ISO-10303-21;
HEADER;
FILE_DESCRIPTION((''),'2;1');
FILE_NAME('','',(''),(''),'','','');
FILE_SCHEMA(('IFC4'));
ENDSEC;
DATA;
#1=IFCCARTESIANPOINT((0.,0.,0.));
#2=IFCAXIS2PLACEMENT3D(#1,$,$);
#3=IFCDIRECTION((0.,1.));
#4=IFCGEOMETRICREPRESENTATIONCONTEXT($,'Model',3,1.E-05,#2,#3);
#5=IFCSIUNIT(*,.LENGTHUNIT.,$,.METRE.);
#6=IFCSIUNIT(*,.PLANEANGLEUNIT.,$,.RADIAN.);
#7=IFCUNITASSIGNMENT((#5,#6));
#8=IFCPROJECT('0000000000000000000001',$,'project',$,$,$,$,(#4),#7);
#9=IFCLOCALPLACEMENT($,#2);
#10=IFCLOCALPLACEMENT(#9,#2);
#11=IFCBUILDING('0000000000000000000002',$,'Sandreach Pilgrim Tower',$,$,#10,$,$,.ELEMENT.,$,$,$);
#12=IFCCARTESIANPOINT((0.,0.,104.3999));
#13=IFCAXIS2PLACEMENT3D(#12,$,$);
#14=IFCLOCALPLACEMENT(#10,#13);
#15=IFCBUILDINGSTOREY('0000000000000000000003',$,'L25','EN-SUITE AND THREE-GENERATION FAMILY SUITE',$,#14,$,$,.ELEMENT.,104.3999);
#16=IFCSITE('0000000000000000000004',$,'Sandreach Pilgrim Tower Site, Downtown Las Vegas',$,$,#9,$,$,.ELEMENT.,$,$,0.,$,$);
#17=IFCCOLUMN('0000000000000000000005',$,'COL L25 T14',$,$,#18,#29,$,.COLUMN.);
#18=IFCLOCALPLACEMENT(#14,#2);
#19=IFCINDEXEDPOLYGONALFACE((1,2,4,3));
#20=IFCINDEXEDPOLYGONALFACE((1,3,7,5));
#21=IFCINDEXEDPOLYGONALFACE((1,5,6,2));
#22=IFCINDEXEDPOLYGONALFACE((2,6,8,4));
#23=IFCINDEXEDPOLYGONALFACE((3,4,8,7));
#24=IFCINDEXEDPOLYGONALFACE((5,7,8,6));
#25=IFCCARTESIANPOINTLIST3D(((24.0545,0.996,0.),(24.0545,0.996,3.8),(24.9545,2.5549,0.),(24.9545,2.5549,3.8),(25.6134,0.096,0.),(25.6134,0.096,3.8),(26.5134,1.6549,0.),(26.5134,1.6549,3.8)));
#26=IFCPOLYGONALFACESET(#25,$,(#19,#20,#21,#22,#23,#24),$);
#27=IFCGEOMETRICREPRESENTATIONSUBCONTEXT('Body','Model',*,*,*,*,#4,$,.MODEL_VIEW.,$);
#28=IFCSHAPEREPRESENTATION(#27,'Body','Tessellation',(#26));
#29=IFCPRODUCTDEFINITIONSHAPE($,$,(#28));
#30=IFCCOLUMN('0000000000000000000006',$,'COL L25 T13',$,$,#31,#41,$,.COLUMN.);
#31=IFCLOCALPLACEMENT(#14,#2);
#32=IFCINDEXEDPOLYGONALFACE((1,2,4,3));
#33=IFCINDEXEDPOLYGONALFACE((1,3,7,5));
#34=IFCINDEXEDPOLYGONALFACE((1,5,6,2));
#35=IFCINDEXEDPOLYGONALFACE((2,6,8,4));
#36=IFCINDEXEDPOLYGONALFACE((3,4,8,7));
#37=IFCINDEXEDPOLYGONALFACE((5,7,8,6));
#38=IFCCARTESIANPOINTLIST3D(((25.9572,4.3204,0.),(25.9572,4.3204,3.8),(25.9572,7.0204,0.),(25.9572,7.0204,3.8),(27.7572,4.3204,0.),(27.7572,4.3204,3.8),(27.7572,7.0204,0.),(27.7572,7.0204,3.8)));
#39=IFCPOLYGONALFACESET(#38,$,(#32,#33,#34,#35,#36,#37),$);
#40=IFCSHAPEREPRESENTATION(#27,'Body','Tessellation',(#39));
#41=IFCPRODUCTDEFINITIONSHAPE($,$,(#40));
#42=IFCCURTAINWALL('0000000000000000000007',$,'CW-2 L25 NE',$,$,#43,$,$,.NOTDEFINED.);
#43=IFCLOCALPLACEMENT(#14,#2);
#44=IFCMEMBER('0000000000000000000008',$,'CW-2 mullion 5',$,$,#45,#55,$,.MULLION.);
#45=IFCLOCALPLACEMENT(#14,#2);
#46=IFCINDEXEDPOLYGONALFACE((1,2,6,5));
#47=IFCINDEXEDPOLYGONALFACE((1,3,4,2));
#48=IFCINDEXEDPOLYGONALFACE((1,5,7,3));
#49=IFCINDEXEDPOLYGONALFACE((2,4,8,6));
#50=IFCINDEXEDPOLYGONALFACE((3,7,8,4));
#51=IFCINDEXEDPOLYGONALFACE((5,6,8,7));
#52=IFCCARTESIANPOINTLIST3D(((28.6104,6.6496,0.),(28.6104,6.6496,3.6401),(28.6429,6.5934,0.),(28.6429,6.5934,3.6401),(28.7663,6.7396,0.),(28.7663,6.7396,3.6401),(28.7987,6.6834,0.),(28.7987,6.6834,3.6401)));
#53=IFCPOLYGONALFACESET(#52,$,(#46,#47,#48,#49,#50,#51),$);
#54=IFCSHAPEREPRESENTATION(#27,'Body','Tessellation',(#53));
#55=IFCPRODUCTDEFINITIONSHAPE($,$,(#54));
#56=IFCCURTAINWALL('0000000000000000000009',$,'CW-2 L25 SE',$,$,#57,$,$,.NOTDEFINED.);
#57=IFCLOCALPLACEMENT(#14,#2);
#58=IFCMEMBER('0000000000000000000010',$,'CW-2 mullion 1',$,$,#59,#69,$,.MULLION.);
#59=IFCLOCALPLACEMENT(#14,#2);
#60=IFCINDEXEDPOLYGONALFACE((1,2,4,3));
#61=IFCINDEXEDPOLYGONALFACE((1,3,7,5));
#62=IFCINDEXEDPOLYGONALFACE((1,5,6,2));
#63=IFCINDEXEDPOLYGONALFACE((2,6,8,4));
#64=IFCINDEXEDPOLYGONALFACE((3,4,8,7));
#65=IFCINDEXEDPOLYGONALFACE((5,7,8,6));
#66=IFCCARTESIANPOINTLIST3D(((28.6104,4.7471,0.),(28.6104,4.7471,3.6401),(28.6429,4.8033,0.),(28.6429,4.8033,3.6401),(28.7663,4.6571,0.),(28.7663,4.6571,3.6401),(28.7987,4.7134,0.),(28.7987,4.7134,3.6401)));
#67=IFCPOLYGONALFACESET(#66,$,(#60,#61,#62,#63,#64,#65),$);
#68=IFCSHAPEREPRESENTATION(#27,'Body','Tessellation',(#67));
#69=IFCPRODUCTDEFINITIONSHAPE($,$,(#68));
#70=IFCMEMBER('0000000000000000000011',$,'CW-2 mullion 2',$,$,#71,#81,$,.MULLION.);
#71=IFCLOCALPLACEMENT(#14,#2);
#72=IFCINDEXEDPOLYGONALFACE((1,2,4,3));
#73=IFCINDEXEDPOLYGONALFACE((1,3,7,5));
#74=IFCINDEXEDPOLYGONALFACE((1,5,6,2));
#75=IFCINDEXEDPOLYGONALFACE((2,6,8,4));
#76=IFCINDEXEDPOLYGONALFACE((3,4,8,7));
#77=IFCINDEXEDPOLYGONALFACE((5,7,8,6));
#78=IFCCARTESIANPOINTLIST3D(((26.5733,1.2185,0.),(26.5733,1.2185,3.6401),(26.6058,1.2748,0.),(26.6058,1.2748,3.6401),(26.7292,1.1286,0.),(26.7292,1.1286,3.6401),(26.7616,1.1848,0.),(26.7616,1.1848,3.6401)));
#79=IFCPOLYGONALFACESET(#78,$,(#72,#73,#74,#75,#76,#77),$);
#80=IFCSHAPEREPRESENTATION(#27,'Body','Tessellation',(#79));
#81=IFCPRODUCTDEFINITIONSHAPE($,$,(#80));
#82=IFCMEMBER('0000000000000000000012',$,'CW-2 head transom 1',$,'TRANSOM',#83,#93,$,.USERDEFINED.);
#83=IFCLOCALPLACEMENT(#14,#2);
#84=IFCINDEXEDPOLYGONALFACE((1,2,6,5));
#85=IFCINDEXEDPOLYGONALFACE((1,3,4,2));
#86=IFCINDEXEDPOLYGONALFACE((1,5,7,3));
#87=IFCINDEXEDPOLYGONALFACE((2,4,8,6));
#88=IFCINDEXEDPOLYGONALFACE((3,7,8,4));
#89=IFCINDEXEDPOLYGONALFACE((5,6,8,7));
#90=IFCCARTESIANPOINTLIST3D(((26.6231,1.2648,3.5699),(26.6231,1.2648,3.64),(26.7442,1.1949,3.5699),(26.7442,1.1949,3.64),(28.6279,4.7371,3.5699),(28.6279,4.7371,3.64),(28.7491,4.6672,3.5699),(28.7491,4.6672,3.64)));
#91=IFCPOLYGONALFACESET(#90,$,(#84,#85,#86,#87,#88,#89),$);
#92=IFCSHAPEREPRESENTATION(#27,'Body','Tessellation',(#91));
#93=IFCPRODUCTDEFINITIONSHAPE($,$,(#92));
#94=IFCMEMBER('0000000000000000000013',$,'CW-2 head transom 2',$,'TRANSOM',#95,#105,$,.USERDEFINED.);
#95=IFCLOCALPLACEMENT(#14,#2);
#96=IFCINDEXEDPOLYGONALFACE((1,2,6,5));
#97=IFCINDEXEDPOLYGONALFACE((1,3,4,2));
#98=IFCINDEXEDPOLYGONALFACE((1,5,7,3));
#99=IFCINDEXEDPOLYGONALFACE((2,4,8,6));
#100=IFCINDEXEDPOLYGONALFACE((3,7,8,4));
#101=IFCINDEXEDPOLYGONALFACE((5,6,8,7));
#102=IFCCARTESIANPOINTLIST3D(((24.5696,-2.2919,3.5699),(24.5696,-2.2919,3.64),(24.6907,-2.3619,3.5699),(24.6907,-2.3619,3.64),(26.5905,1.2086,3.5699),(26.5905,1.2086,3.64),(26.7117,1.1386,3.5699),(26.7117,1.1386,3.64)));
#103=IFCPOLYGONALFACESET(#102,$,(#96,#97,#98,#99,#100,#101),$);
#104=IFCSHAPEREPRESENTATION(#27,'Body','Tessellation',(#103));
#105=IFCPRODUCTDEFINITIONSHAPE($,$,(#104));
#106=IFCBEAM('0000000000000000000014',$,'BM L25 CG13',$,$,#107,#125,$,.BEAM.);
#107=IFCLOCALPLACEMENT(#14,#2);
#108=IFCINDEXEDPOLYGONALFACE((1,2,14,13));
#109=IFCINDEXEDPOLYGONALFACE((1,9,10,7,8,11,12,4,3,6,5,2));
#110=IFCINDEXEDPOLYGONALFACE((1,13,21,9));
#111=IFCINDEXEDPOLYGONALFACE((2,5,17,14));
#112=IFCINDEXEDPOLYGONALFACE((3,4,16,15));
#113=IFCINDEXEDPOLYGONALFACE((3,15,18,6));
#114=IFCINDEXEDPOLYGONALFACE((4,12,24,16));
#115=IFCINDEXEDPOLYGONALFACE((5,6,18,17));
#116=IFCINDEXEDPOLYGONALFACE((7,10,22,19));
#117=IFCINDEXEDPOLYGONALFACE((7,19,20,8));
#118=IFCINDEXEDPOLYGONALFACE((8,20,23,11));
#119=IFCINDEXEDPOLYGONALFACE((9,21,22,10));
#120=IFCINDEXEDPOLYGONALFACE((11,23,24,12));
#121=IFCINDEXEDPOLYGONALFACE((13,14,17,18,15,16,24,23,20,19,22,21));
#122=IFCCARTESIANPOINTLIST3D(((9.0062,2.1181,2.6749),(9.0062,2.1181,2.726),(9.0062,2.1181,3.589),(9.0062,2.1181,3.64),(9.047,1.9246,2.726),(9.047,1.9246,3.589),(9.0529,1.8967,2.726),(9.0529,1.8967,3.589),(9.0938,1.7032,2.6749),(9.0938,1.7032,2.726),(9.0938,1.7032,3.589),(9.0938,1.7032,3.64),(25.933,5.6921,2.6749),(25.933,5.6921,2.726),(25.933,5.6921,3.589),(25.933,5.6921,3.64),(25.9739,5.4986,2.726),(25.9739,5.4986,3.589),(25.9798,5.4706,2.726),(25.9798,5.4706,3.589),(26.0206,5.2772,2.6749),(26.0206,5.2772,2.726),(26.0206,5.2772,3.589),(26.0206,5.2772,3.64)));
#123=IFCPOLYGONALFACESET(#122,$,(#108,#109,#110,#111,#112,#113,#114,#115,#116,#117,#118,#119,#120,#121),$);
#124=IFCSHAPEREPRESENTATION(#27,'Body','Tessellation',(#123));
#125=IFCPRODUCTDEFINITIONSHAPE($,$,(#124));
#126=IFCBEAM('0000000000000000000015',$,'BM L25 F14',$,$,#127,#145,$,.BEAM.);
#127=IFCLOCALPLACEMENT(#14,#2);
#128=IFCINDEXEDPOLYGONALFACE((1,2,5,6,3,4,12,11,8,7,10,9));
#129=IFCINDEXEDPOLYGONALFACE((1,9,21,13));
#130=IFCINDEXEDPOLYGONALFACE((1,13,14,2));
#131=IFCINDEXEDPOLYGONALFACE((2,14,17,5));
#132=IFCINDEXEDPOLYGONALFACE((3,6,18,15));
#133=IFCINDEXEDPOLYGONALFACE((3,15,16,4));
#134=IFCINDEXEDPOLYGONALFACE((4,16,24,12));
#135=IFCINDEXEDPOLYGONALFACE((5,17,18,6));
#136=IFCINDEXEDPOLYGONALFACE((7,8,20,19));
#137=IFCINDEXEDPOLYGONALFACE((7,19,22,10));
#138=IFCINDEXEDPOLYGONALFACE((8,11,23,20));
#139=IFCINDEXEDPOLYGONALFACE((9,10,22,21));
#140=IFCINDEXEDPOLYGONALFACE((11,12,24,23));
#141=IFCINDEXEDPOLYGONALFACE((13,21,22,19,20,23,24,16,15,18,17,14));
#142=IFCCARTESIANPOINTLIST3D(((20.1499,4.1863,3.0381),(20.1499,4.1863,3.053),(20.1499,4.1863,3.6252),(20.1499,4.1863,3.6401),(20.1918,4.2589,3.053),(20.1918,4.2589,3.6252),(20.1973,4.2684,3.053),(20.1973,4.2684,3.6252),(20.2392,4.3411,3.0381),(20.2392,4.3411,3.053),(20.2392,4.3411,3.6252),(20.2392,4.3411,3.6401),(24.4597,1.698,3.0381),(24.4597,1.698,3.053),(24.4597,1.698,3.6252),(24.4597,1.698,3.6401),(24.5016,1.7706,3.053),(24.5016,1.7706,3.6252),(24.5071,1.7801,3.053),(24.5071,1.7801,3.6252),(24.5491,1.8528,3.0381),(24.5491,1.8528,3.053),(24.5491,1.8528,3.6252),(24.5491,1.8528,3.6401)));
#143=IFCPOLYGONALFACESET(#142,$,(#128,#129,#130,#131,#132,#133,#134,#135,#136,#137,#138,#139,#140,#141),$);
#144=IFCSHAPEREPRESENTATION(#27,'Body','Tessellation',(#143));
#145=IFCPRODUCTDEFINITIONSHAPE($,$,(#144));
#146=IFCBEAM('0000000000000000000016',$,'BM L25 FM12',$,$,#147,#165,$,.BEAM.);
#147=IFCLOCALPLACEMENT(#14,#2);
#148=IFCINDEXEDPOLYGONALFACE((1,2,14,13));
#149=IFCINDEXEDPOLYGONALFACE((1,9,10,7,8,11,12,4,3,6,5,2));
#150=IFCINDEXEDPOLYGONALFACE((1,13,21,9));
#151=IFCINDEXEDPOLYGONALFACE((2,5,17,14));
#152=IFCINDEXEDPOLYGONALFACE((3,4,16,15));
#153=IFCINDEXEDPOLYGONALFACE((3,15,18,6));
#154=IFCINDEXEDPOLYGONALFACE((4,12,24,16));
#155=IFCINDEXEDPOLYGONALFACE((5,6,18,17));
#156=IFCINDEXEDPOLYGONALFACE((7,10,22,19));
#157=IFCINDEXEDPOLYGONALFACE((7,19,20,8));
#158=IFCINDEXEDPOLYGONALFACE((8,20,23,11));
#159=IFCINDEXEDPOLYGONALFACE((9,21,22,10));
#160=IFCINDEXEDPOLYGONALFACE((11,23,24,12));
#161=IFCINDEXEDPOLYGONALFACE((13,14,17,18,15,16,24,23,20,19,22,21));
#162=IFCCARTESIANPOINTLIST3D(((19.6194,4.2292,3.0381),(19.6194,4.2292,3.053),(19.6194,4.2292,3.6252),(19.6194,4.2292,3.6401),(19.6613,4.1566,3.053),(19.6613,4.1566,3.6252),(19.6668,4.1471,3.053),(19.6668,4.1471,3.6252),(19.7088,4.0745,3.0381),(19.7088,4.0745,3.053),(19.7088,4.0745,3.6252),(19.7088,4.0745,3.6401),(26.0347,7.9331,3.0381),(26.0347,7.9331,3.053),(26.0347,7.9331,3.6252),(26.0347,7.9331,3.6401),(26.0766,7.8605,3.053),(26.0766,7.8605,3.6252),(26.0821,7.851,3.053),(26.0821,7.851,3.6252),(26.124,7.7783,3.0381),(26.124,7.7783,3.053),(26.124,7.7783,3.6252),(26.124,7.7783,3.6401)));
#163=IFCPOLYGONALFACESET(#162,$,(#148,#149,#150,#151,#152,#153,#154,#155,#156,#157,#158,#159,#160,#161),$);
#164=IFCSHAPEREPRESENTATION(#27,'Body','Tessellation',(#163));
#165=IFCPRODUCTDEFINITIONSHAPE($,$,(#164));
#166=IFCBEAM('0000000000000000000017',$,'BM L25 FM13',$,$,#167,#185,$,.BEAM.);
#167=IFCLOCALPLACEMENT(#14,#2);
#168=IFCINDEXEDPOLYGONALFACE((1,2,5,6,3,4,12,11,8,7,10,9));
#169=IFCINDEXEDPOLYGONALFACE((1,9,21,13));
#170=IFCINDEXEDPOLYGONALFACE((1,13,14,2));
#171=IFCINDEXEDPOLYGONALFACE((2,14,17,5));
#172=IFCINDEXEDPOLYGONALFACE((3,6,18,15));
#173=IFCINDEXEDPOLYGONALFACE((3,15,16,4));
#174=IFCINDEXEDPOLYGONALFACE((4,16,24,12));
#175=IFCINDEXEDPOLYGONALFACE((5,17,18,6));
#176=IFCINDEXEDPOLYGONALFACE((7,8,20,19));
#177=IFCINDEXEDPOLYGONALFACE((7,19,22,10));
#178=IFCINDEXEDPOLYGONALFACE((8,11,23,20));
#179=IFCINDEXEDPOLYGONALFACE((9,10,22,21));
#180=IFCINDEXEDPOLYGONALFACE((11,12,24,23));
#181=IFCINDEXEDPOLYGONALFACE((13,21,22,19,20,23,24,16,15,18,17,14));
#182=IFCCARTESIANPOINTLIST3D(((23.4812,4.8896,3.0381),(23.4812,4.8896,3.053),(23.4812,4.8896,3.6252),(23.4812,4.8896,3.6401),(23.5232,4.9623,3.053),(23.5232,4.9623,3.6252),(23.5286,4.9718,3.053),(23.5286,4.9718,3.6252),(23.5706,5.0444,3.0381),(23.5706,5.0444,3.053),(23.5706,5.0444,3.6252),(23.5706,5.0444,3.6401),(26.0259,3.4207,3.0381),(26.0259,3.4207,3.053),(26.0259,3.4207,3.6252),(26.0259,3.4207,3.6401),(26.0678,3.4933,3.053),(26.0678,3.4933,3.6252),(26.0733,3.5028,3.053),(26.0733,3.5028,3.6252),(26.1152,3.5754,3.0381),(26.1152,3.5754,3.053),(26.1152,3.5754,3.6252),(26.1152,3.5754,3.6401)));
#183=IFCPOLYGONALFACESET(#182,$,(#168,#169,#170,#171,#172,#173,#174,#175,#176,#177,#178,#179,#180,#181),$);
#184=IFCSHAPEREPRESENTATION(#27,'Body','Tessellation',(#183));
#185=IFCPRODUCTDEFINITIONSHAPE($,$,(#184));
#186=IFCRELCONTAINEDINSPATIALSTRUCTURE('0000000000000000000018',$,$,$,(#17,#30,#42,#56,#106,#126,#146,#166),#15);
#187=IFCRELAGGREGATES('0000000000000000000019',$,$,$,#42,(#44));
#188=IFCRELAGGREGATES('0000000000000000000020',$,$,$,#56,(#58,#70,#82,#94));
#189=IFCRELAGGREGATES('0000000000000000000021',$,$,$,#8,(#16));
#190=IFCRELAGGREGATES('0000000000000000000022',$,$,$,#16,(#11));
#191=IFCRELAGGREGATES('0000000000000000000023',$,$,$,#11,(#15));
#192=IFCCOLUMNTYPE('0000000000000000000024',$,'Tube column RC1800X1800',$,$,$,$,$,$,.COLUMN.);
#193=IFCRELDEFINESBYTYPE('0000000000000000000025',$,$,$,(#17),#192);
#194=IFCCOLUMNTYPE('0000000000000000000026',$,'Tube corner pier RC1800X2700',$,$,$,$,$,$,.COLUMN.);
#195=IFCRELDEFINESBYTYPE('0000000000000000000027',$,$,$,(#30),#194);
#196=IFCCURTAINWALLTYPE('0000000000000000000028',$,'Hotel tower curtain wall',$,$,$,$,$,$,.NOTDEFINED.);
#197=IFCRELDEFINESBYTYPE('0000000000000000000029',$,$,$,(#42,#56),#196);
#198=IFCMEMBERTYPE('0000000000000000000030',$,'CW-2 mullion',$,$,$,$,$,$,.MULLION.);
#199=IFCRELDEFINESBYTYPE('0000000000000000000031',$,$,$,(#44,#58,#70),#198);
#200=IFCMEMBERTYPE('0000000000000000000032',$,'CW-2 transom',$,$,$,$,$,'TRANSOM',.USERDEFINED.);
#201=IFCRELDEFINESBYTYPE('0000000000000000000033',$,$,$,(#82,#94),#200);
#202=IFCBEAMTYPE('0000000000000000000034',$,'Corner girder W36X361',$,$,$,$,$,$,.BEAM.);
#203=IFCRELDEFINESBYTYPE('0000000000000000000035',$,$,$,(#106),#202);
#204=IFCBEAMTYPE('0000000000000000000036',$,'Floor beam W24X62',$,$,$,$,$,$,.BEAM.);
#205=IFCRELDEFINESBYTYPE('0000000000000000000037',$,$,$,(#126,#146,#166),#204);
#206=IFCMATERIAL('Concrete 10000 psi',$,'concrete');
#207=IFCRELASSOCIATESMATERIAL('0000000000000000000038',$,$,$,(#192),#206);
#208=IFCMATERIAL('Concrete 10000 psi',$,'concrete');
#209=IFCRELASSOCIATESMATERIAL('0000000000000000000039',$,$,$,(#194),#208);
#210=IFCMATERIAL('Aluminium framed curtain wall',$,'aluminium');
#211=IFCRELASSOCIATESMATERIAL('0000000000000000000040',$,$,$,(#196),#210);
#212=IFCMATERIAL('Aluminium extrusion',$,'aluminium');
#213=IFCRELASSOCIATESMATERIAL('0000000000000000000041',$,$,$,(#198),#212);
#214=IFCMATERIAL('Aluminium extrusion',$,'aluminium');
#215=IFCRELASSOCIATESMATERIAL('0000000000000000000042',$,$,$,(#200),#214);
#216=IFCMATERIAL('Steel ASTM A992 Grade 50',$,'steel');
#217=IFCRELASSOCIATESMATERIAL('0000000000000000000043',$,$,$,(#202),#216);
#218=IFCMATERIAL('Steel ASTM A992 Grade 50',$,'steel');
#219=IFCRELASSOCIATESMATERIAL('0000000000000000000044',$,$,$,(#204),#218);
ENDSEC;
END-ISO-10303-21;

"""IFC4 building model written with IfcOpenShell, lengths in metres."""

from ifc_helpers import new_model, si_unit, direction, frame, origin, origin_2d, place, context, subcontext, project, spatial, rectangle, i_section, extrude, material, material_profile, profile_set, type_object, element, aggregate, save


model = new_model("IFC4")

# Units and contexts
model_context = context("Model", 3, precision=1e-05, world=origin(), true_north=direction((0.0, 1.0)))
body_context = subcontext(model_context, "Body", "Model", "MODEL_VIEW")
ifc_project = project(units=[si_unit("LENGTHUNIT", "METRE"), si_unit("PLANEANGLEUNIT", "RADIAN")], contexts=[model_context])

# Site, building, storey
site_placement = place(None, origin())
site = spatial("IfcSite", under=ifc_project, at=site_placement, Name="Sandreach Pilgrim Tower Site, Downtown Las Vegas", CompositionType="ELEMENT", RefElevation=0.0)
building_placement = place(site_placement, origin())
building = spatial("IfcBuilding", under=site, at=building_placement, Name="Sandreach Pilgrim Tower", CompositionType="ELEMENT")
storey_placement = place(building_placement, frame((0.0, 0.0, 104.3999)))
storey = spatial("IfcBuildingStorey", under=building, at=storey_placement, Name="L25", Description="EN-SUITE AND THREE-GENERATION FAMILY SUITE", CompositionType="ELEMENT", Elevation=104.3999)

# Columns
ifc_material_1 = material(Name="Concrete 10000 psi", Category="concrete")
ifc_material_profile_1 = material_profile(ifc_material_1, rectangle(XDim=1.8, YDim=1.8, at=origin_2d()), Name="RC1800X1800")
ifc_profile_set_1 = profile_set([ifc_material_profile_1], Name="Concrete 10000 psi")
column_type_1 = type_object("IfcColumnType", Name="Tube column RC1800X1800", PredefinedType="COLUMN", material=ifc_profile_set_1)
column_1_placement = place(storey_placement, frame((25.2839, 1.3254, 0.0), z_axis=(0.0, 0.0, 1.0), x_axis=(0.866025, -0.5, 0.0)))
element("IfcColumn", 1, at=column_1_placement, inside=storey, type_object=column_type_1, Name="COL L25 T14", PredefinedType="COLUMN", context=body_context, shape_type="SweptSolid", body=[
    extrude(rectangle(XDim=1.8, YDim=1.8, at=origin_2d()), origin(), (0.0, 0.0, 1.0), 3.8),
])
ifc_material_2 = material(Name="Concrete 10000 psi", Category="concrete")
ifc_material_profile_2 = material_profile(ifc_material_2, rectangle(XDim=1.8, YDim=2.7, at=origin_2d()), Name="RC1800X2700")
ifc_profile_set_2 = profile_set([ifc_material_profile_2], Name="Concrete 10000 psi")
column_type_2 = type_object("IfcColumnType", Name="Tube corner pier RC1800X2700", PredefinedType="COLUMN", material=ifc_profile_set_2)
column_2_placement = place(storey_placement, frame((26.8572, 5.6704, 0.0), z_axis=(0.0, 0.0, 1.0), x_axis=(1.0, 0.0, 0.0)))
element("IfcColumn", 2, at=column_2_placement, inside=storey, type_object=column_type_2, Name="COL L25 T13", PredefinedType="COLUMN", context=body_context, shape_type="SweptSolid", body=[
    extrude(rectangle(XDim=1.8, YDim=2.7, at=origin_2d()), origin(), (0.0, 0.0, 1.0), 3.8),
])

# Curtain wall, member
ifc_material_3 = material(Name="Aluminium framed curtain wall", Category="aluminium")
curtain_wall_type = type_object("IfcCurtainWallType", Name="Hotel tower curtain wall", PredefinedType="NOTDEFINED", material=ifc_material_3)
curtain_wall_1_placement = place(storey_placement, origin())
curtain_wall_1 = element("IfcCurtainWall", 3, at=curtain_wall_1_placement, inside=storey, type_object=curtain_wall_type, Name="CW-2 L25 NE", PredefinedType="NOTDEFINED")
ifc_material_4 = material(Name="Aluminium extrusion", Category="aluminium")
ifc_material_profile_3 = material_profile(ifc_material_4, rectangle(XDim=0.0649, YDim=0.1799, at=origin_2d()), Name="CW-2M 65X180")
ifc_profile_set_3 = profile_set([ifc_material_profile_3], Name="Aluminium extrusion")
member_type_1 = type_object("IfcMemberType", Name="CW-2 mullion", PredefinedType="MULLION", material=ifc_profile_set_3)
member_1_placement = place(storey_placement, frame((28.7046, 6.6665, 0.0), z_axis=(0.0, 0.0, 1.0), x_axis=(0.5, -0.866025, 0.0)))
member_1 = element("IfcMember", 4, at=member_1_placement, type_object=member_type_1, Name="CW-2 mullion 5", PredefinedType="MULLION", context=body_context, shape_type="SweptSolid", body=[
    extrude(rectangle(XDim=0.0649, YDim=0.1799, at=origin_2d()), origin(), (0.0, 0.0, 1.0), 3.6401),
])

# Curtain wall, members
curtain_wall_2_placement = place(storey_placement, origin())
curtain_wall_2 = element("IfcCurtainWall", 5, at=curtain_wall_2_placement, inside=storey, type_object=curtain_wall_type, Name="CW-2 L25 SE", PredefinedType="NOTDEFINED")
member_2_placement = place(storey_placement, frame((28.7046, 4.7302, 0.0), z_axis=(0.0, 0.0, 1.0), x_axis=(-0.5, -0.866025, 0.0)))
member_2 = element("IfcMember", 6, at=member_2_placement, type_object=member_type_1, Name="CW-2 mullion 1", PredefinedType="MULLION", context=body_context, shape_type="SweptSolid", body=[
    extrude(rectangle(XDim=0.0649, YDim=0.1799, at=origin_2d()), origin(), (0.0, 0.0, 1.0), 3.6401),
])
member_3_placement = place(storey_placement, frame((26.6675, 1.2017, 0.0), z_axis=(0.0, 0.0, 1.0), x_axis=(-0.5, -0.866025, 0.0)))
member_3 = element("IfcMember", 7, at=member_3_placement, type_object=member_type_1, Name="CW-2 mullion 2", PredefinedType="MULLION", context=body_context, shape_type="SweptSolid", body=[
    extrude(rectangle(XDim=0.0649, YDim=0.1799, at=origin_2d()), origin(), (0.0, 0.0, 1.0), 3.6401),
])
ifc_material_5 = material(Name="Aluminium extrusion", Category="aluminium")
ifc_material_profile_4 = material_profile(ifc_material_5, rectangle(XDim=0.1399, YDim=0.0701, at=origin_2d()), Name="CW-2T 140X70")
ifc_profile_set_4 = profile_set([ifc_material_profile_4], Name="Aluminium extrusion")
member_type_2 = type_object("IfcMemberType", Name="CW-2 transom", ElementType="TRANSOM", PredefinedType="USERDEFINED", material=ifc_profile_set_4)
member_4_placement = place(storey_placement, frame((28.6885, 4.7021, 3.605), z_axis=(-0.500016, -0.866016, 0.0), x_axis=(0.866016, -0.500016, 0.0)))
member_4 = element("IfcMember", 8, at=member_4_placement, type_object=member_type_2, Name="CW-2 head transom 1", ObjectType="TRANSOM", PredefinedType="USERDEFINED", context=body_context, shape_type="SweptSolid", body=[
    extrude(rectangle(XDim=0.1399, YDim=0.0701, at=origin_2d()), origin(), (0.0, 0.0, 1.0), 4.0095),
])
member_5_placement = place(storey_placement, frame((26.6511, 1.1736, 3.605), z_axis=(-0.499998, -0.866027, 0.0), x_axis=(0.866027, -0.499998, 0.0)))
member_5 = element("IfcMember", 9, at=member_5_placement, type_object=member_type_2, Name="CW-2 head transom 2", ObjectType="TRANSOM", PredefinedType="USERDEFINED", context=body_context, shape_type="SweptSolid", body=[
    extrude(rectangle(XDim=0.1399, YDim=0.0701, at=origin_2d()), origin(), (0.0, 0.0, 1.0), 4.042),
])

# Beams
ifc_material_6 = material(Name="Steel ASTM A992 Grade 50", Category="steel")
ifc_material_profile_5 = material_profile(ifc_material_6, i_section(OverallWidth=0.4241, OverallDepth=0.9651, WebThickness=0.0286, FlangeThickness=0.051, at=origin_2d()), Name="W36X361")
ifc_profile_set_5 = profile_set([ifc_material_profile_5], Name="Steel ASTM A992 Grade 50")
beam_type_1 = type_object("IfcBeamType", Name="Corner girder W36X361", PredefinedType="BEAM", material=ifc_profile_set_5)
beam_1_placement = place(storey_placement, frame((25.9768, 5.4846, 3.1575), z_axis=(-0.978428, -0.206589, 0.0), x_axis=(0.206589, -0.978428, 0.0)))
element("IfcBeam", 10, at=beam_1_placement, inside=storey, type_object=beam_type_1, Name="BM L25 CG13", PredefinedType="BEAM", context=body_context, shape_type="SweptSolid", body=[
    extrude(i_section(OverallWidth=0.4241, OverallDepth=0.9651, WebThickness=0.0286, FlangeThickness=0.051, at=origin_2d()), origin(), (0.0, 0.0, 1.0), 17.3),
])
ifc_material_7 = material(Name="Steel ASTM A992 Grade 50", Category="steel")
ifc_material_profile_6 = material_profile(ifc_material_7, i_section(OverallWidth=0.1787, OverallDepth=0.6021, WebThickness=0.011, FlangeThickness=0.0149, at=origin_2d()), Name="W24X62")
ifc_profile_set_6 = profile_set([ifc_material_profile_6], Name="Steel ASTM A992 Grade 50")
beam_type_2 = type_object("IfcBeamType", Name="Floor beam W24X62", PredefinedType="BEAM", material=ifc_profile_set_6)
beam_2_placement = place(storey_placement, frame((24.5044, 1.7754, 3.3391), z_axis=(-0.866025, 0.500001, 0.0), x_axis=(-0.500001, -0.866025, 0.0)))
element("IfcBeam", 11, at=beam_2_placement, inside=storey, type_object=beam_type_2, Name="BM L25 F14", PredefinedType="BEAM", context=body_context, shape_type="SweptSolid", body=[
    extrude(i_section(OverallWidth=0.1787, OverallDepth=0.6021, WebThickness=0.011, FlangeThickness=0.0149, at=origin_2d()), origin(), (0.0, 0.0, 1.0), 4.9766),
])
beam_3_placement = place(storey_placement, frame((26.0793, 7.8557, 3.3391), z_axis=(-0.866026, -0.499999, 0.0), x_axis=(0.499999, -0.866026, 0.0)))
element("IfcBeam", 12, at=beam_3_placement, inside=storey, type_object=beam_type_2, Name="BM L25 FM12", PredefinedType="BEAM", context=body_context, shape_type="SweptSolid", body=[
    extrude(i_section(OverallWidth=0.1787, OverallDepth=0.6021, WebThickness=0.011, FlangeThickness=0.0149, at=origin_2d()), origin(), (0.0, 0.0, 1.0), 7.4077),
])
beam_4_placement = place(storey_placement, frame((26.0706, 3.498, 3.3391), z_axis=(-0.866051, 0.499955, 0.0), x_axis=(-0.499955, -0.866051, 0.0)))
element("IfcBeam", 13, at=beam_4_placement, inside=storey, type_object=beam_type_2, Name="BM L25 FM13", PredefinedType="BEAM", context=body_context, shape_type="SweptSolid", body=[
    extrude(i_section(OverallWidth=0.1787, OverallDepth=0.6021, WebThickness=0.011, FlangeThickness=0.0149, at=origin_2d()), origin(), (0.0, 0.0, 1.0), 2.9382),
])

aggregate(curtain_wall_1, [member_1])
aggregate(curtain_wall_2, [member_2, member_3, member_4, member_5])

save(model, "model.ifc")
